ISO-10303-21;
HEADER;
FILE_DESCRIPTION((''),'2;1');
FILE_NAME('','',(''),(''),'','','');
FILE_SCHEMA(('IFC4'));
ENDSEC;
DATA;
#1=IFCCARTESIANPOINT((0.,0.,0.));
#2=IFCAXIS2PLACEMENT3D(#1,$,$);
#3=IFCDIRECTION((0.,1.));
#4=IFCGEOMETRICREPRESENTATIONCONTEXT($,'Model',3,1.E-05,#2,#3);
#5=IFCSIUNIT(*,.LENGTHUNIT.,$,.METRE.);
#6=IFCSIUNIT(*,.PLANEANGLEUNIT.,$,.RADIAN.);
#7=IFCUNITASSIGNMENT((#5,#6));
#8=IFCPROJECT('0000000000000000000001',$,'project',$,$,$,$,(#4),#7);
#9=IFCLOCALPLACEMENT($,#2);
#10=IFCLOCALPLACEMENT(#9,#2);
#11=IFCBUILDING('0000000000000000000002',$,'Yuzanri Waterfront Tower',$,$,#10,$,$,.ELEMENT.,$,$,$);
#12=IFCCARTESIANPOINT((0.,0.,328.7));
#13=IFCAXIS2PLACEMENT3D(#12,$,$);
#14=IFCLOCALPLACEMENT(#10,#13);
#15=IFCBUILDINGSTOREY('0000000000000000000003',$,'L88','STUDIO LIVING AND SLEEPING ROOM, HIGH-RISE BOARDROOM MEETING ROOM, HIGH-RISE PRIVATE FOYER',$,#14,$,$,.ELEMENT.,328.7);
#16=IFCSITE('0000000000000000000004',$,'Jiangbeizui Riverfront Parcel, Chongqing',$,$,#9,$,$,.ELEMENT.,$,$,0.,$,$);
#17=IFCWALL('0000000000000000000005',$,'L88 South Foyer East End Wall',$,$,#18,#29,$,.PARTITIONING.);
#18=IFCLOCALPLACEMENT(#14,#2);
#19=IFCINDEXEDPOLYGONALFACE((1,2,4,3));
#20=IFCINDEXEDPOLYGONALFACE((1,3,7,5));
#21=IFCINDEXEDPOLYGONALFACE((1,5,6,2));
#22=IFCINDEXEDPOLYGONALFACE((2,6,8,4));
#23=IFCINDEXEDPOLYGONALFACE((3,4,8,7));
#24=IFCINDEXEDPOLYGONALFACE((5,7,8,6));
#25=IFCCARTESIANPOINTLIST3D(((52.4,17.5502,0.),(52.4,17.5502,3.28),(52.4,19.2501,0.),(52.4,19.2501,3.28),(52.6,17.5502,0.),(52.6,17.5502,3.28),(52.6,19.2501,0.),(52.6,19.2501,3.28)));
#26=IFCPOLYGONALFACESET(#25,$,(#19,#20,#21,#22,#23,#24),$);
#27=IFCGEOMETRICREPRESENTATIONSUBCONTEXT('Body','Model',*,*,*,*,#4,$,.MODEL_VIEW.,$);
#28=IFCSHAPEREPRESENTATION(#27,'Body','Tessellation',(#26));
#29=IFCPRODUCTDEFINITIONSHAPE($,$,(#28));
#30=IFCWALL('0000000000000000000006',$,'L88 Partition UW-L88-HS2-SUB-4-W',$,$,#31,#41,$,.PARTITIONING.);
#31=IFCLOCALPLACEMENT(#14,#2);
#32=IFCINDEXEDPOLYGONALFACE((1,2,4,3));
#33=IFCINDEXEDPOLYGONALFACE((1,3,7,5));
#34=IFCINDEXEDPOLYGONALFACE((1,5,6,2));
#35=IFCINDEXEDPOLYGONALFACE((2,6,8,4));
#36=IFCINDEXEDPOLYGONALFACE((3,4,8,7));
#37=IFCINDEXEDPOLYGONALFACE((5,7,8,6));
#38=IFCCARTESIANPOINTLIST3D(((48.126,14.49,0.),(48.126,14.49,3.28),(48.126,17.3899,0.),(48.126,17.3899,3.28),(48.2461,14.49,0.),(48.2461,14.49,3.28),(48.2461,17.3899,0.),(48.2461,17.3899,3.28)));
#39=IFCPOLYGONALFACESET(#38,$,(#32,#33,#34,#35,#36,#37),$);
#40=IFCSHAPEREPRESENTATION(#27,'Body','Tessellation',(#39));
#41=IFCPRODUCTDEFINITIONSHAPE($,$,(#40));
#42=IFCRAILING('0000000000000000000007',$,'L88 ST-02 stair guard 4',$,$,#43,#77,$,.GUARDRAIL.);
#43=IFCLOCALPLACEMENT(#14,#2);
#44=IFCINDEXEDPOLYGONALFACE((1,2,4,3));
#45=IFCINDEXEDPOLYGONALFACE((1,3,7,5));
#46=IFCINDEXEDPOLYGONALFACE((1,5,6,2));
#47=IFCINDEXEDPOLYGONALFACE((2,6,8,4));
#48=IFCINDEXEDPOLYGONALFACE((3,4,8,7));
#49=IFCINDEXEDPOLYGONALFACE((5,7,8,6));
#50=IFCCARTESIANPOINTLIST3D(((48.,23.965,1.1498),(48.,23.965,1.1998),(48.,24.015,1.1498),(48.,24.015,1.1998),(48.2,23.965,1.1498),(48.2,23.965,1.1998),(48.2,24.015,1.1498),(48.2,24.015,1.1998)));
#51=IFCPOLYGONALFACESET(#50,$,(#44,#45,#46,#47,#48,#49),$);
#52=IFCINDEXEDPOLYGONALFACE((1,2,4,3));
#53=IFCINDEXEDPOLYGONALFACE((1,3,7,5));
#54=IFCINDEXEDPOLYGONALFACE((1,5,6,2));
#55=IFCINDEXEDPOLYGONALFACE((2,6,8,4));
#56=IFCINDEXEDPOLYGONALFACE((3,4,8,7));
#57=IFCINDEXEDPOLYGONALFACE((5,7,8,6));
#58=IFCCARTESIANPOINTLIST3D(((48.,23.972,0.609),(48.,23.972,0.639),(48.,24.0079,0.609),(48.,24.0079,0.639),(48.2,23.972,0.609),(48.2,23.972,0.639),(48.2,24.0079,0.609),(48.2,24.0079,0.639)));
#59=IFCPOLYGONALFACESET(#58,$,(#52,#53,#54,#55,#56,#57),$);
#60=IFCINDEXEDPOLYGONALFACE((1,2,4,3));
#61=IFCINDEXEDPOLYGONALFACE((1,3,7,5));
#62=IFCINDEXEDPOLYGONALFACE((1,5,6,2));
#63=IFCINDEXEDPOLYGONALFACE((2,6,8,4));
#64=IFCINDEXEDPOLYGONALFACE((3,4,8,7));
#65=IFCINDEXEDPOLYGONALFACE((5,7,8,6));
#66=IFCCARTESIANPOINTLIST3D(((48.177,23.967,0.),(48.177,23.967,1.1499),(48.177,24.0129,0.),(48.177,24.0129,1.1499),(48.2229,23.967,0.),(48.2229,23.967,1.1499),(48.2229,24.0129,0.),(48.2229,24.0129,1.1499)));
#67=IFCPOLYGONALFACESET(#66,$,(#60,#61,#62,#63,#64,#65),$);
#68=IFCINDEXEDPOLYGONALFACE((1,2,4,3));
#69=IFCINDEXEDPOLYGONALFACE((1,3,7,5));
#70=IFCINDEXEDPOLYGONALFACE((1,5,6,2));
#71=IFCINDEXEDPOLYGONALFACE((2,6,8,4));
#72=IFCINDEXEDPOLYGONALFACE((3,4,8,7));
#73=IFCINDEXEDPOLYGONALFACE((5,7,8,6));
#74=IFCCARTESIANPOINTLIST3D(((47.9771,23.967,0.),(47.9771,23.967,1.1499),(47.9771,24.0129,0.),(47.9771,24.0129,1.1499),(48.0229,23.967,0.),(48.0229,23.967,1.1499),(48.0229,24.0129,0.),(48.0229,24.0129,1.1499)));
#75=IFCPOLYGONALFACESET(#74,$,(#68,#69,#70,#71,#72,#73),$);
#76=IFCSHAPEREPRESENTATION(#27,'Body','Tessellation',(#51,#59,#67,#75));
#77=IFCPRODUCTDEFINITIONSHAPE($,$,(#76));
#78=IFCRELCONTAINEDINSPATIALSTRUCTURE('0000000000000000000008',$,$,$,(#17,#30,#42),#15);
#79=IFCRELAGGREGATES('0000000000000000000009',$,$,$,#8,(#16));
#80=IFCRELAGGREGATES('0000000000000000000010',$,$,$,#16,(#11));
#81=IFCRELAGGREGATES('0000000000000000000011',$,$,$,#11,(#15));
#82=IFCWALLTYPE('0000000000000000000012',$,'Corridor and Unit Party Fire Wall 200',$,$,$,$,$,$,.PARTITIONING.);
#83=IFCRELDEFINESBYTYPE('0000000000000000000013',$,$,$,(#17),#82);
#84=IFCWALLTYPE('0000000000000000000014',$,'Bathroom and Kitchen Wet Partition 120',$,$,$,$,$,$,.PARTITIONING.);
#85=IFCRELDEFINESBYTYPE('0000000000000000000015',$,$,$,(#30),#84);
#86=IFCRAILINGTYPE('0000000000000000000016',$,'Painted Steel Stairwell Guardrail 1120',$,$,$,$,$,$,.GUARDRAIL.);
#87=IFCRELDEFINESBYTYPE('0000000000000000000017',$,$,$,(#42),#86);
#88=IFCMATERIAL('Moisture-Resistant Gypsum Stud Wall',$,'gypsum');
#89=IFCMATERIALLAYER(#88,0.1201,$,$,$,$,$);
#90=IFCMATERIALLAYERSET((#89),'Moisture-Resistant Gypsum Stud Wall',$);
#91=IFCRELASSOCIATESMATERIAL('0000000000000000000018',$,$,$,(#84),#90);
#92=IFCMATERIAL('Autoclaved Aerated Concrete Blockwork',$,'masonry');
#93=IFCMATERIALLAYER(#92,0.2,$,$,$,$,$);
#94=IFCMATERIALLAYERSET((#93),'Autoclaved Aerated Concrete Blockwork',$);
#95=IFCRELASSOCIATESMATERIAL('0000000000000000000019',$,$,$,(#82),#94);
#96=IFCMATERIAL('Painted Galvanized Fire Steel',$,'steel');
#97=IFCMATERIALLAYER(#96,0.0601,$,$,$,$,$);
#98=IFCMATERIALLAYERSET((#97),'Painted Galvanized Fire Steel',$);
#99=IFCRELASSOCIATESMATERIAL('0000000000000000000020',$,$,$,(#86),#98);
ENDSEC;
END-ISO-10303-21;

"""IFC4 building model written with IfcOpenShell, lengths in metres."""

from ifc_helpers import new_model, si_unit, direction, frame, frame_2d, origin, origin_2d, place, context, subcontext, project, spatial, rectangle, extrude, source, transform, mapped, material, layer, layer_set, type_object, element, save


model = new_model("IFC4")

# Units and contexts
model_context = context("Model", 3, precision=1e-05, world=origin(), true_north=direction((0.0, 1.0)))
body_context = subcontext(model_context, "Body", "Model", "MODEL_VIEW")
ifc_project = project(units=[si_unit("LENGTHUNIT", "METRE"), si_unit("PLANEANGLEUNIT", "RADIAN")], contexts=[model_context])

# Site, building, storey
site_placement = place(None, origin())
site = spatial("IfcSite", under=ifc_project, at=site_placement, Name="Jiangbeizui Riverfront Parcel, Chongqing", CompositionType="ELEMENT", RefElevation=0.0)
building_placement = place(site_placement, origin())
building = spatial("IfcBuilding", under=site, at=building_placement, Name="Yuzanri Waterfront Tower", CompositionType="ELEMENT")
storey_placement = place(building_placement, frame((0.0, 0.0, 328.7)))
storey = spatial("IfcBuildingStorey", under=building, at=storey_placement, Name="L88", Description="STUDIO LIVING AND SLEEPING ROOM, HIGH-RISE BOARDROOM MEETING ROOM, HIGH-RISE PRIVATE FOYER", CompositionType="ELEMENT", Elevation=328.7)

# Shared definitions
ifc_material_1 = material(Name="Moisture-Resistant Gypsum Stud Wall", Category="gypsum")
ifc_layer_1 = layer(ifc_material_1, 0.1201)
ifc_layer_set_1 = layer_set([ifc_layer_1], Name="Moisture-Resistant Gypsum Stud Wall")
wall_type_1 = type_object("IfcWallType", Name="Bathroom and Kitchen Wet Partition 120", PredefinedType="PARTITIONING", material=ifc_layer_set_1)

# Shared definitions
ifc_material_2 = material(Name="Autoclaved Aerated Concrete Blockwork", Category="masonry")
ifc_layer_2 = layer(ifc_material_2, 0.2)
ifc_layer_set_2 = layer_set([ifc_layer_2], Name="Autoclaved Aerated Concrete Blockwork")
wall_type_2 = type_object("IfcWallType", Name="Corridor and Unit Party Fire Wall 200", PredefinedType="PARTITIONING", material=ifc_layer_set_2)

# Walls
shared_shape_1 = source(origin(), body_context, "Body", "SweptSolid", [
    extrude(rectangle(XDim=1.7, YDim=0.2, at=frame_2d((0.8501, 0.0))), origin(), (0.0, 0.0, 1.0), 3.28),
])
wall_1_placement = place(storey_placement, frame((52.5, 17.55, 0.0), z_axis=(0.0, 0.0, 1.0), x_axis=(0.0, 1.0, 0.0)))
element("IfcWall", 1, at=wall_1_placement, inside=storey, type_object=wall_type_2, Name="L88 South Foyer East End Wall", PredefinedType="PARTITIONING", context=body_context, shape_type="MappedRepresentation", body=[
    mapped(shared_shape_1, transform((0.0, 0.0, 0.0), scale=1.0)),
])
shared_shape_2 = source(origin(), body_context, "Body", "SweptSolid", [
    extrude(rectangle(XDim=2.8999, YDim=0.1201, at=frame_2d((1.45, 0.0))), origin(), (0.0, 0.0, 1.0), 3.28),
])
wall_2_placement = place(storey_placement, frame((48.186, 14.49, 0.0), z_axis=(0.0, 0.0, 1.0), x_axis=(0.0, 1.0, 0.0)))
element("IfcWall", 2, at=wall_2_placement, inside=storey, type_object=wall_type_1, Name="L88 Partition UW-L88-HS2-SUB-4-W", PredefinedType="PARTITIONING", context=body_context, shape_type="MappedRepresentation", body=[
    mapped(shared_shape_2, transform((0.0, 0.0, 0.0), scale=1.0)),
])

# Railing
ifc_material_3 = material(Name="Painted Galvanized Fire Steel", Category="steel")
ifc_layer_3 = layer(ifc_material_3, 0.0601)
ifc_layer_set_3 = layer_set([ifc_layer_3], Name="Painted Galvanized Fire Steel")
railing_type = type_object("IfcRailingType", Name="Painted Steel Stairwell Guardrail 1120", PredefinedType="GUARDRAIL", material=ifc_layer_set_3)
shared_shape_3 = source(origin(), body_context, "Body", "SweptSolid", [
    extrude(rectangle(XDim=0.05, YDim=0.05, at=origin_2d()), frame((0.0, 0.0, 1.1748), z_axis=(-1.0, 0.0, 0.0), x_axis=(0.0, -1.0, 0.0)), (0.0, 0.0, 1.0), 0.2),
    extrude(rectangle(XDim=0.0359, YDim=0.03, at=origin_2d()), frame((0.0, 0.0, 0.624), z_axis=(-1.0, 0.0, 0.0), x_axis=(0.0, -1.0, 0.0)), (0.0, 0.0, 1.0), 0.2),
    extrude(rectangle(XDim=0.0459, YDim=0.0459, at=origin_2d()), origin(), (0.0, 0.0, 1.0), 1.1499),
    extrude(rectangle(XDim=0.0459, YDim=0.0459, at=origin_2d()), frame((-0.2, 0.0, 0.0)), (0.0, 0.0, 1.0), 1.1499),
])
railing_placement = place(storey_placement, frame((48.2, 23.99, 0.0)))
element("IfcRailing", 3, at=railing_placement, inside=storey, type_object=railing_type, Name="L88 ST-02 stair guard 4", PredefinedType="GUARDRAIL", context=body_context, shape_type="MappedRepresentation", body=[
    mapped(shared_shape_3, transform((0.0, 0.0, 0.0), scale=1.0)),
])

save(model, "model.ifc")
